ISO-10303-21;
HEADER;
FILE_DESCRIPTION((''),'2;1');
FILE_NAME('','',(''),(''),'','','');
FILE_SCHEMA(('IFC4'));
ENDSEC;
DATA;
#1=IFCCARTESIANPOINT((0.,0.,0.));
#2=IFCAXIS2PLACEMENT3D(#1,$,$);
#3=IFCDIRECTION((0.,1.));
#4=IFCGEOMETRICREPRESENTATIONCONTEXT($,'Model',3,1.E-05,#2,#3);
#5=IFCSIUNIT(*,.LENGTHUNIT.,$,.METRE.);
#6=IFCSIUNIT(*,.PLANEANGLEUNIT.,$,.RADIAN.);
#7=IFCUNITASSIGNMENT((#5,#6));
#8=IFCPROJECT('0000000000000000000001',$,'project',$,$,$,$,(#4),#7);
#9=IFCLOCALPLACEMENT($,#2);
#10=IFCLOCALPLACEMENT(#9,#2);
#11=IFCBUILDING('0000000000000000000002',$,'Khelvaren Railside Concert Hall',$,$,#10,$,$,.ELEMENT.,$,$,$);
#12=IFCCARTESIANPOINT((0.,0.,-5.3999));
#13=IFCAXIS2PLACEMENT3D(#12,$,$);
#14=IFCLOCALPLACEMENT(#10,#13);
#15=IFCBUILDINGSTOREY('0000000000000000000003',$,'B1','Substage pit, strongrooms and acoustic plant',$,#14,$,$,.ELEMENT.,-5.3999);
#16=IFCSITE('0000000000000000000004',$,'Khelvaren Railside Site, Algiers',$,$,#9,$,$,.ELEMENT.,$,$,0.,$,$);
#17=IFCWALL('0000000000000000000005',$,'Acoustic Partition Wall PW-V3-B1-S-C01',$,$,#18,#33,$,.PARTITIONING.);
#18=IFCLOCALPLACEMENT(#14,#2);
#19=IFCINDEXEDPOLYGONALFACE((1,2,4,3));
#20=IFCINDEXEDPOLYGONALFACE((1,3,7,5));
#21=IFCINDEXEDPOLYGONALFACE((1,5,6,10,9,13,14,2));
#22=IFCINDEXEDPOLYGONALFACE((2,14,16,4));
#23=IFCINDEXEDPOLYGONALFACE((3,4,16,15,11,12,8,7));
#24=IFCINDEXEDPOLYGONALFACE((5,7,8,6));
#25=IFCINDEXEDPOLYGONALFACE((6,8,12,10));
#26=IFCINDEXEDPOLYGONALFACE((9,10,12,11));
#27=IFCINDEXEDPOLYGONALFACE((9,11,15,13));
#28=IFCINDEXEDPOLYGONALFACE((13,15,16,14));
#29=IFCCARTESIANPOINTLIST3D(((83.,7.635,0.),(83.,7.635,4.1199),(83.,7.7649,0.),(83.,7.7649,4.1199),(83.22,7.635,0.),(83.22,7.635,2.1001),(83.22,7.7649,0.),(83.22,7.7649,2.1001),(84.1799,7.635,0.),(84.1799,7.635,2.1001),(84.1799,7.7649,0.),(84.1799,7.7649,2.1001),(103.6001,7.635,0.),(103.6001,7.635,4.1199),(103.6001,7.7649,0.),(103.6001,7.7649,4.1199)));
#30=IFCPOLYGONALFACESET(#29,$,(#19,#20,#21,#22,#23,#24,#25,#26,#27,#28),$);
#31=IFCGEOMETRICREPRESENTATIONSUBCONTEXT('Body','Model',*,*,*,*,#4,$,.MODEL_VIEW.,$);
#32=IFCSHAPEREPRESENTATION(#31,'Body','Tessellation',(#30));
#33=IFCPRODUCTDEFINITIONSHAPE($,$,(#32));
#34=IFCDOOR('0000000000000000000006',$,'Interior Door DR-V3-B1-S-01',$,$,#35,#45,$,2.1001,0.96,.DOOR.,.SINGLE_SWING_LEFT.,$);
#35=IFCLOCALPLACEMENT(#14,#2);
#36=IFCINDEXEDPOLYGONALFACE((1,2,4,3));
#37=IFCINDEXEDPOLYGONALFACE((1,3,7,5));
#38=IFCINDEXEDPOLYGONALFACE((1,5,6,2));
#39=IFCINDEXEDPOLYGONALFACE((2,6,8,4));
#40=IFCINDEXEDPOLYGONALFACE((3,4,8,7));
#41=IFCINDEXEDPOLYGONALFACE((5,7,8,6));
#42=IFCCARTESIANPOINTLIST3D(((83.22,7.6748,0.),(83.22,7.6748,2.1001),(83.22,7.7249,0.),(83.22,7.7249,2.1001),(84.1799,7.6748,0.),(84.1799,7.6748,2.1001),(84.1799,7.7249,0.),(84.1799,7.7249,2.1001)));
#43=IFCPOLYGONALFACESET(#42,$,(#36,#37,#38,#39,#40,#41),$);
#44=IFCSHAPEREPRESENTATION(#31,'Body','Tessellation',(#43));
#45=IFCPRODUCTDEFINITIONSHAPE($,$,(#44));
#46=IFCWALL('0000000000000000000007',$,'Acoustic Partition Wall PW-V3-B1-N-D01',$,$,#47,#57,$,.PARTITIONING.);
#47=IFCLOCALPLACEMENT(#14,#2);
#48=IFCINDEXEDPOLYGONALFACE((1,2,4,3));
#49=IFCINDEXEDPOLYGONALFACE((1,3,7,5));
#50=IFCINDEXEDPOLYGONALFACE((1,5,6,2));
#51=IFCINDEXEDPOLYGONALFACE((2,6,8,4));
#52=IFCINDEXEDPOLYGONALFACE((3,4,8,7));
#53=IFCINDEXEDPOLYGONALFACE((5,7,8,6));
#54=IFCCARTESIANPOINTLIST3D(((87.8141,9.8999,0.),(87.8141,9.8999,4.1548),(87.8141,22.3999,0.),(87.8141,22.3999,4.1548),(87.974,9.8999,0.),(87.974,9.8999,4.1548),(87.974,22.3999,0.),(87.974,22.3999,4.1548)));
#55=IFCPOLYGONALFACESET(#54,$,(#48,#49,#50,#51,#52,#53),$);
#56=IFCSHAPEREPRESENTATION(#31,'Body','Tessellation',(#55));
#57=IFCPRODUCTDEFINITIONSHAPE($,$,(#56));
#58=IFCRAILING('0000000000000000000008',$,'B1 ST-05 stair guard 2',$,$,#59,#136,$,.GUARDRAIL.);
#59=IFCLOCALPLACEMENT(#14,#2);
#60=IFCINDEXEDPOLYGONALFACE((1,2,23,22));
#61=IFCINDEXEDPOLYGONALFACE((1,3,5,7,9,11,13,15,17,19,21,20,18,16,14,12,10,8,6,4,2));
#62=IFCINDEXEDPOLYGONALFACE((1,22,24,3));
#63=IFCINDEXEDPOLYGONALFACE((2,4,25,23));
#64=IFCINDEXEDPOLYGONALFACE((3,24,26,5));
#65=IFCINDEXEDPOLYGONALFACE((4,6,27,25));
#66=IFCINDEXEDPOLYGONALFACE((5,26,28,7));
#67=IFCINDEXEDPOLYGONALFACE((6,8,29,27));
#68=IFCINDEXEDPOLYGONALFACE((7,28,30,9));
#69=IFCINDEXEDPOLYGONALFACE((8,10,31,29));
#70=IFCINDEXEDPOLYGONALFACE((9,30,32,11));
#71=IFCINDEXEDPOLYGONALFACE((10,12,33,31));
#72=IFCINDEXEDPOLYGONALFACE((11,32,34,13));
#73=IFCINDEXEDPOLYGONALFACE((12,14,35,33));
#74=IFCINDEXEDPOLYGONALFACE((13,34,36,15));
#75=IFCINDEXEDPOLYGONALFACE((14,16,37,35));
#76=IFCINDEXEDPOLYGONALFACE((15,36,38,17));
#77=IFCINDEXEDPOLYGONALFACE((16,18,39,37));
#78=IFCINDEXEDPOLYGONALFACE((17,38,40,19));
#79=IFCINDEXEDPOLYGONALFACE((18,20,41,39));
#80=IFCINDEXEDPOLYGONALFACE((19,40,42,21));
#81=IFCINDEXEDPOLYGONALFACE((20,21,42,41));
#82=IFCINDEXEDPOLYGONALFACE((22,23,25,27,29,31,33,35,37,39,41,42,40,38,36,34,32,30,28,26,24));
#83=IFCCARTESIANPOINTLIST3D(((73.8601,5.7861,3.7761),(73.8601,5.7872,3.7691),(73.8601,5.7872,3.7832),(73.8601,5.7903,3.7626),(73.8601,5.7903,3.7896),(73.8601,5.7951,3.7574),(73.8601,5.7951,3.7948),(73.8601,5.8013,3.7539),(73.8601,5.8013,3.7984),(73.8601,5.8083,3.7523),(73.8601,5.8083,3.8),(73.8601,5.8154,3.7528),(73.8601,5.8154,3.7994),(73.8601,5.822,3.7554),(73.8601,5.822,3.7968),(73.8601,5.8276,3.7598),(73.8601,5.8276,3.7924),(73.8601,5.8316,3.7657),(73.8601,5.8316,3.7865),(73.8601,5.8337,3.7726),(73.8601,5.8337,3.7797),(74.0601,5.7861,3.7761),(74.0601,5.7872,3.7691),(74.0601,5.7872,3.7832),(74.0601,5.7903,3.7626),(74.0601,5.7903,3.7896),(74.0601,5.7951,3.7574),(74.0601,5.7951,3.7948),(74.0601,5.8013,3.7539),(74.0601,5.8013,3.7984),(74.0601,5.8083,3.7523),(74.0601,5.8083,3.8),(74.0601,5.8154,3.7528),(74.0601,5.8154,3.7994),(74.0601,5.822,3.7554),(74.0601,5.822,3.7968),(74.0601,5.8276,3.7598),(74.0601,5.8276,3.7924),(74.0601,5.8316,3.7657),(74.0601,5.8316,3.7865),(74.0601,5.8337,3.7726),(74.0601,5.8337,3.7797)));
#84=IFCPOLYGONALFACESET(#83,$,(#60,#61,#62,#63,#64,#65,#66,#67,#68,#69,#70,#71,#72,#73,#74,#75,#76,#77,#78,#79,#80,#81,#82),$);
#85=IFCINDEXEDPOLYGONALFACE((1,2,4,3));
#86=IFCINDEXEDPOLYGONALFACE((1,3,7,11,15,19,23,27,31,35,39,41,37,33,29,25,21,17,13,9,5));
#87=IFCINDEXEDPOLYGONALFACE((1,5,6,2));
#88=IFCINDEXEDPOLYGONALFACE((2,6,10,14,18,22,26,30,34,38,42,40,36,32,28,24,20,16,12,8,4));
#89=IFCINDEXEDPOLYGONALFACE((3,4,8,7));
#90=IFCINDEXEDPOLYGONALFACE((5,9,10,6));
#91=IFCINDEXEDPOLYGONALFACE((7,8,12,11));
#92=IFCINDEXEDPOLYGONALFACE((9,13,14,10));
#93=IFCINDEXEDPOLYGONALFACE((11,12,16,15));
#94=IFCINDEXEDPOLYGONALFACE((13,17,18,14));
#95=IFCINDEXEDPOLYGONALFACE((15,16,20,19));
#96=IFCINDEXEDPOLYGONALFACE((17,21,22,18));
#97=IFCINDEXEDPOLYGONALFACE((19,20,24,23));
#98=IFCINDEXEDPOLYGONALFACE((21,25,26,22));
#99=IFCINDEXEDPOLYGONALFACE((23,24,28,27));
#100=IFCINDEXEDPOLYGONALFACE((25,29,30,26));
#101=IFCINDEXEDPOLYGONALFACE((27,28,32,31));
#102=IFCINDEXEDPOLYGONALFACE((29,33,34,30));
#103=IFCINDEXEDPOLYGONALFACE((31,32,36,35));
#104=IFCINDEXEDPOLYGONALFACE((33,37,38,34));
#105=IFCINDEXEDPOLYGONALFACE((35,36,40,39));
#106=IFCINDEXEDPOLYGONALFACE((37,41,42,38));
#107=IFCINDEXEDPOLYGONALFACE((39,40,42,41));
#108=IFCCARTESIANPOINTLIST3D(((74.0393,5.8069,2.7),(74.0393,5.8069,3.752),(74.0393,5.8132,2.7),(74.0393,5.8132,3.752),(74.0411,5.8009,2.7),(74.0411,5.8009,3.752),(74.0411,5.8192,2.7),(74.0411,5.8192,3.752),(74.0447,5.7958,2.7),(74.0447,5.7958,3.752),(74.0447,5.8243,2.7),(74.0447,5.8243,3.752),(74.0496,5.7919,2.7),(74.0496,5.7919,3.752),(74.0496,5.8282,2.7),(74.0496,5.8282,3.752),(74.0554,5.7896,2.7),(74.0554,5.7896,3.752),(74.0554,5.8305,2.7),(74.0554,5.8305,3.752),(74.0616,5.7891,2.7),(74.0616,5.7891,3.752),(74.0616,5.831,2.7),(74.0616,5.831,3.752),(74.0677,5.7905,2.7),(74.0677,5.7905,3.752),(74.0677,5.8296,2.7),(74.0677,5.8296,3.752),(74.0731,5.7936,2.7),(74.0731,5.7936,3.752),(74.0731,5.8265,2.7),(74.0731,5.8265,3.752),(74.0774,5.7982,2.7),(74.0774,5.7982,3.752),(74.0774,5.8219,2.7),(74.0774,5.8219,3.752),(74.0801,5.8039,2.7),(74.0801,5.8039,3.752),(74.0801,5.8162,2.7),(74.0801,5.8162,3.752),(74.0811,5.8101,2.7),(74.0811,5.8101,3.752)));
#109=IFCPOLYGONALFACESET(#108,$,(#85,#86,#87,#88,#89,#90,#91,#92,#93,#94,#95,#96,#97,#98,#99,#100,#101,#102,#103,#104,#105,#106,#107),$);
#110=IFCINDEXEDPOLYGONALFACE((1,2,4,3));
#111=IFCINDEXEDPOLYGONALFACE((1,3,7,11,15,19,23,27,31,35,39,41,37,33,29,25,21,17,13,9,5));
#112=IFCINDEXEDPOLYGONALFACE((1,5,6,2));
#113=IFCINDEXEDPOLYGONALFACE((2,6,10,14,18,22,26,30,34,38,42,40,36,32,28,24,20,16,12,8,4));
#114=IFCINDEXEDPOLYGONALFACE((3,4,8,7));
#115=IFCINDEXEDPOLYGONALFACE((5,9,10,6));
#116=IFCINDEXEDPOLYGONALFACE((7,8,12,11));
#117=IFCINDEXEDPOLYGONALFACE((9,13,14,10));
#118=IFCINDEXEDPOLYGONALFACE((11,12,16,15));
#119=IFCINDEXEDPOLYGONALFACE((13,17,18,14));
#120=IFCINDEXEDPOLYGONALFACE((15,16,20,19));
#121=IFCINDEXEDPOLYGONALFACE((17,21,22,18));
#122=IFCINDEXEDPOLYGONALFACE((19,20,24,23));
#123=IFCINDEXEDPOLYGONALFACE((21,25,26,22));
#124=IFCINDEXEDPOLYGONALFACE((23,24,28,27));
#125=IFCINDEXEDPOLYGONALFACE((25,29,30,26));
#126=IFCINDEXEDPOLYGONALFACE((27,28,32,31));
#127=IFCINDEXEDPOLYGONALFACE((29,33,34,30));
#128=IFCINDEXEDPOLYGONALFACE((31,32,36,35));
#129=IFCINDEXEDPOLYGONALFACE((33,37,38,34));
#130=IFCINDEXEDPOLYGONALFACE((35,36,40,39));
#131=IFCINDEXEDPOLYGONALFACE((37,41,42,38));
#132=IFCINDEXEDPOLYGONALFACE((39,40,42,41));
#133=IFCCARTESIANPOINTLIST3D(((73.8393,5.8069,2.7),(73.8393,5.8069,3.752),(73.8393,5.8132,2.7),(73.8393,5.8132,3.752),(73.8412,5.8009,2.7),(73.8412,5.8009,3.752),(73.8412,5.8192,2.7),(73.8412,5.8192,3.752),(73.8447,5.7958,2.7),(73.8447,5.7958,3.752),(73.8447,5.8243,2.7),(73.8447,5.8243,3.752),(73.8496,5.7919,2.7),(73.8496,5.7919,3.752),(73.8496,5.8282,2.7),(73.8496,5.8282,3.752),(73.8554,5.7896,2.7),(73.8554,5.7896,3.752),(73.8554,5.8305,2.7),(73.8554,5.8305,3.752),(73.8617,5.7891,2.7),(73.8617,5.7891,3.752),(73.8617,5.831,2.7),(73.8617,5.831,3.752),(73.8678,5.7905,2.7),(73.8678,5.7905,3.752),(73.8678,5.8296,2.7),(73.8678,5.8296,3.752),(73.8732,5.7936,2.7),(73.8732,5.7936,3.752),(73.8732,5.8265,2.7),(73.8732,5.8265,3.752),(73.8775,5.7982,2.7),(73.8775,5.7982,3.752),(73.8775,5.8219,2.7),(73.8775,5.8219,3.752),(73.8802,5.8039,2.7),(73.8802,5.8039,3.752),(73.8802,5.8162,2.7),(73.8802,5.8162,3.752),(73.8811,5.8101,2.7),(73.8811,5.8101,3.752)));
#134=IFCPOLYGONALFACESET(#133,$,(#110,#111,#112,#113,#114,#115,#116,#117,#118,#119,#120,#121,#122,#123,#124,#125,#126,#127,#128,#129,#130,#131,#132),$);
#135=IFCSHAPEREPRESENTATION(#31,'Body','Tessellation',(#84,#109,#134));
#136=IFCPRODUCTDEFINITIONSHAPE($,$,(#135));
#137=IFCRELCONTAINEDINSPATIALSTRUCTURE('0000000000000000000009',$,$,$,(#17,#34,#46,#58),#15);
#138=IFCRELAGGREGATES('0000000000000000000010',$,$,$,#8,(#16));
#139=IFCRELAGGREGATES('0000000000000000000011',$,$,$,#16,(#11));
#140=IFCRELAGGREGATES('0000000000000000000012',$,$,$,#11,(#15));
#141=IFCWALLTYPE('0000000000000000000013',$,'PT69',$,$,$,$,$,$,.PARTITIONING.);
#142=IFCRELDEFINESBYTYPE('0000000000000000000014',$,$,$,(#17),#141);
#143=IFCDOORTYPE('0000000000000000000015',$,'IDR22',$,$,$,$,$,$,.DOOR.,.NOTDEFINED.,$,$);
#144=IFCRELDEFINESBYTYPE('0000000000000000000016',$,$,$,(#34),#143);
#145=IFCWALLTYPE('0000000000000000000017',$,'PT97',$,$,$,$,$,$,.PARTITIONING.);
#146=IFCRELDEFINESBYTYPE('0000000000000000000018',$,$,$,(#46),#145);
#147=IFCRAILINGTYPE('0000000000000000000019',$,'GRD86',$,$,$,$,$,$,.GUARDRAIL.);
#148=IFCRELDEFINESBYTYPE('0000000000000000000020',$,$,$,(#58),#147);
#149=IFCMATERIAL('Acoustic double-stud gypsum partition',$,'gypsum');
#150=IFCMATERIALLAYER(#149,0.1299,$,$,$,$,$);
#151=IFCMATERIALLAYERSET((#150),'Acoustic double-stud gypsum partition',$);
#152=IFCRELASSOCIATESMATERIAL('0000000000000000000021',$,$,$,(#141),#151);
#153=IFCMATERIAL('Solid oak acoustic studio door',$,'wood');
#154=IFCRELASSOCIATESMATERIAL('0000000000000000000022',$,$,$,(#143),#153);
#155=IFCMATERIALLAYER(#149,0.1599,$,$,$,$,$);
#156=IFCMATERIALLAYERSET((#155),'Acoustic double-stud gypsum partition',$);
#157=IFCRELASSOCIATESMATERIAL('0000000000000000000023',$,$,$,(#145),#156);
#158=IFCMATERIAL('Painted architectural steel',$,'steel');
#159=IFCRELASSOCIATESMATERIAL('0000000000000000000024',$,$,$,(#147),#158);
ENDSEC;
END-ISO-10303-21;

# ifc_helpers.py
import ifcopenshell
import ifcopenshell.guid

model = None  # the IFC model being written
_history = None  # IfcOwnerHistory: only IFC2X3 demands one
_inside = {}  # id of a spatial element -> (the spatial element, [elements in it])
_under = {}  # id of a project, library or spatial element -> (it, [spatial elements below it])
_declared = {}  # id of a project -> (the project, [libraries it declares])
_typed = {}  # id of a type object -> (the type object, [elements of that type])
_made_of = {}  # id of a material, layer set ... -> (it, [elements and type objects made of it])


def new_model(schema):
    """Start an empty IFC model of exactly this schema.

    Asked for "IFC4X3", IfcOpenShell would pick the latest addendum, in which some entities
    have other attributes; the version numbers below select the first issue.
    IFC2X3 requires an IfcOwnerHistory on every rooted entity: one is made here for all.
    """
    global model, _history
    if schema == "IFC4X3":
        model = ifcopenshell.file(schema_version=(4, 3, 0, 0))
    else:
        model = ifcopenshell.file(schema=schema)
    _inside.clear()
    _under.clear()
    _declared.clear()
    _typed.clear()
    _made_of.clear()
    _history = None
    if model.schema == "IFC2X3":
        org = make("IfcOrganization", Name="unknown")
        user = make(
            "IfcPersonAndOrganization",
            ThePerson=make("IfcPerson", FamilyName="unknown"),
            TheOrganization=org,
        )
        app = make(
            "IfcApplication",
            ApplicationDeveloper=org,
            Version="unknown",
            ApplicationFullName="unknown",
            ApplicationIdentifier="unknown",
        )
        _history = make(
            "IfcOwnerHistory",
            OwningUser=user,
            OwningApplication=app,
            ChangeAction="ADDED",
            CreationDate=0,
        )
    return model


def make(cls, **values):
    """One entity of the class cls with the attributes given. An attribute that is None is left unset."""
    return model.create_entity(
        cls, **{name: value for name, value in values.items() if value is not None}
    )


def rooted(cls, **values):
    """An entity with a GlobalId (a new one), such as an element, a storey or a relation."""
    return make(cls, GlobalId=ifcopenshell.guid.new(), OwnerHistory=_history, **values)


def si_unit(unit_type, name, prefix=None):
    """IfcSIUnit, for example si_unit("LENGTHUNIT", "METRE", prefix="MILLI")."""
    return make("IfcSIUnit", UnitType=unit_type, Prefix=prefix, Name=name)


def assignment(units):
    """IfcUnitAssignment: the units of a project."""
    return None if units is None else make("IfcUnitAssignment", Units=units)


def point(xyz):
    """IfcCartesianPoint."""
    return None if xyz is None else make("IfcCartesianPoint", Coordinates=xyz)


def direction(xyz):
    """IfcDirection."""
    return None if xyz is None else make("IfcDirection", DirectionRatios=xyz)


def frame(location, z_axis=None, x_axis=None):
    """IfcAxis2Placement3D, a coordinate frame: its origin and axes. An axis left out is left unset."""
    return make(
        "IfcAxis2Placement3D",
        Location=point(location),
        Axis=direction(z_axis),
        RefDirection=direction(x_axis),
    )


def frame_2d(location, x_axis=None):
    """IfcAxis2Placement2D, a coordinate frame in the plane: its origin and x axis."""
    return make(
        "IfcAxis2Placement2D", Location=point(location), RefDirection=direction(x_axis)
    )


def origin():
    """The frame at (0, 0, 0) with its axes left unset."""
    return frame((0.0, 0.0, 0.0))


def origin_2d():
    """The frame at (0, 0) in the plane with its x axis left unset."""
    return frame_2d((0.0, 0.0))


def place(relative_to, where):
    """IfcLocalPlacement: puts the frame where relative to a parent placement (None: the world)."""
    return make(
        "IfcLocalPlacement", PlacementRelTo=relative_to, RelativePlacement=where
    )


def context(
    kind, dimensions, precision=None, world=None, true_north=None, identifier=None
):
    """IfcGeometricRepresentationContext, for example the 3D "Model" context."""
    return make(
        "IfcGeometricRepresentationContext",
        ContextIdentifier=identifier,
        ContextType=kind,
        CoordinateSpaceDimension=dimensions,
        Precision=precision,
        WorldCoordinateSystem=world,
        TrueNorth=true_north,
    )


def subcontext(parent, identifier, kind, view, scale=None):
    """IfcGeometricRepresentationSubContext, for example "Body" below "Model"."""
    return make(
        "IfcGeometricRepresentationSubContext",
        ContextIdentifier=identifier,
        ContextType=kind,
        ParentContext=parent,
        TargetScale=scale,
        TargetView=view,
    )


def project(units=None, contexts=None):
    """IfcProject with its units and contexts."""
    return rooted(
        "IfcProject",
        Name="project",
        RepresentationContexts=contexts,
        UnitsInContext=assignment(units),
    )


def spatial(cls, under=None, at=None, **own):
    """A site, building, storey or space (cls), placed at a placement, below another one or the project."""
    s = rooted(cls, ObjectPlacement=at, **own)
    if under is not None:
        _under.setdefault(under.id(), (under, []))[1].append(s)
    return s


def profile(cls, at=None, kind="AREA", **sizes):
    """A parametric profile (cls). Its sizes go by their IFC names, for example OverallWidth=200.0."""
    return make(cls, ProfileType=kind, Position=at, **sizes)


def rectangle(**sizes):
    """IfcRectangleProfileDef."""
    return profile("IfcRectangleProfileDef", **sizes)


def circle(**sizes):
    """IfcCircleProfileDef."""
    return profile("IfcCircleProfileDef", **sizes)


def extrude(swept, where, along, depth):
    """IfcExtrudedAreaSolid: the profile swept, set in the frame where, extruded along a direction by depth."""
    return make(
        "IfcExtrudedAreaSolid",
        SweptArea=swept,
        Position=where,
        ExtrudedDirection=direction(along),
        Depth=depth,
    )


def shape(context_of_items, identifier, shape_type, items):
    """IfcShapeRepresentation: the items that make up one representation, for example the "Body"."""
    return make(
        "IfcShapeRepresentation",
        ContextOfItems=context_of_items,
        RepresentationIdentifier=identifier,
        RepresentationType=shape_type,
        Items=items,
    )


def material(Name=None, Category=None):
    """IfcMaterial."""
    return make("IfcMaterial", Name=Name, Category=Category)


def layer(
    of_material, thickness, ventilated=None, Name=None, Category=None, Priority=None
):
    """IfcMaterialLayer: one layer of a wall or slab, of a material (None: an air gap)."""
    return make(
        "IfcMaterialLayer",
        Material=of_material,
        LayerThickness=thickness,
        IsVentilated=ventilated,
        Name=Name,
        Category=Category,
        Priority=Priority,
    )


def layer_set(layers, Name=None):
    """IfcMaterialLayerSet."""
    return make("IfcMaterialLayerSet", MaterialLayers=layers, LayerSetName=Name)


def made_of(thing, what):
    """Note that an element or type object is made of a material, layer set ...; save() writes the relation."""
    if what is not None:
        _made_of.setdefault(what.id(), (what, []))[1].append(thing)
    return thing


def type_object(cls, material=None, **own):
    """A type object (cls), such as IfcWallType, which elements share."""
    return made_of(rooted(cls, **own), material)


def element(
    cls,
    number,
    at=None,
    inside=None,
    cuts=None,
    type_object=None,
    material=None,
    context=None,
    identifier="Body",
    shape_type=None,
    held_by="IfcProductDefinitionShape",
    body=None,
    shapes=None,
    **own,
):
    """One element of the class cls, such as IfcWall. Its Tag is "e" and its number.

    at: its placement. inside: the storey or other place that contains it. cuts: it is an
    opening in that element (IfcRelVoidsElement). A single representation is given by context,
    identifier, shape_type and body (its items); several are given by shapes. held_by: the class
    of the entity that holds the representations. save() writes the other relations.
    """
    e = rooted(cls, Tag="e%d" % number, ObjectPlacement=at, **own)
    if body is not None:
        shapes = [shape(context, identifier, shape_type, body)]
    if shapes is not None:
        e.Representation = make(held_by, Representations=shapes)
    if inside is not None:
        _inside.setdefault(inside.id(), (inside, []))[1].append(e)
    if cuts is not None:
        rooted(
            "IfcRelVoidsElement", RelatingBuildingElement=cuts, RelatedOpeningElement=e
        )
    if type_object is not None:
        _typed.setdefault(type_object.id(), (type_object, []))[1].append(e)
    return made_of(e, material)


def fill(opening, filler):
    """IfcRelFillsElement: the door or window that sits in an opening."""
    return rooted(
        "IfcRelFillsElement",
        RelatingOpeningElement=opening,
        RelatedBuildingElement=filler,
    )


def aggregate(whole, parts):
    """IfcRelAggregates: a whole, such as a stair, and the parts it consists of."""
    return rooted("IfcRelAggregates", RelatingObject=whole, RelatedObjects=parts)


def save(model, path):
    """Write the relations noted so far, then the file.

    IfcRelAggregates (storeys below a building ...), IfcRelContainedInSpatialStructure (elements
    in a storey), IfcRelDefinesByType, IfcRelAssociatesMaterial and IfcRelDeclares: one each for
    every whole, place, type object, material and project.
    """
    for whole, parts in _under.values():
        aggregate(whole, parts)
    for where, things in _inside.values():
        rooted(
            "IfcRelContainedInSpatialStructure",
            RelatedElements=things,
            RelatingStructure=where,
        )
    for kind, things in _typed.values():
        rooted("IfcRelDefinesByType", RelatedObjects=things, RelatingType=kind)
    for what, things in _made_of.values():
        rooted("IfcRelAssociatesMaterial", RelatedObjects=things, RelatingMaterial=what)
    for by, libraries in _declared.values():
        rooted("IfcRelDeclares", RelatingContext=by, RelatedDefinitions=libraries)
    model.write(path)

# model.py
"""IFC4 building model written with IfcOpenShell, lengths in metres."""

from ifc_helpers import new_model, si_unit, direction, frame, frame_2d, origin, origin_2d, place, context, subcontext, project, spatial, rectangle, circle, extrude, material, layer, layer_set, type_object, element, fill, save


model = new_model("IFC4")

# Units and contexts
model_context = context("Model", 3, precision=1e-05, world=origin(), true_north=direction((0.0, 1.0)))
body_context = subcontext(model_context, "Body", "Model", "MODEL_VIEW")
ifc_project = project(units=[si_unit("LENGTHUNIT", "METRE"), si_unit("PLANEANGLEUNIT", "RADIAN")], contexts=[model_context])

# Site, building, storey
site_placement = place(None, origin())
site = spatial("IfcSite", under=ifc_project, at=site_placement, Name="Khelvaren Railside Site, Algiers", CompositionType="ELEMENT", RefElevation=0.0)
building_placement = place(site_placement, origin())
building = spatial("IfcBuilding", under=site, at=building_placement, Name="Khelvaren Railside Concert Hall", CompositionType="ELEMENT")
storey_placement = place(building_placement, frame((0.0, 0.0, -5.3999)))
storey = spatial("IfcBuildingStorey", under=building, at=storey_placement, Name="B1", Description="Substage pit, strongrooms and acoustic plant", CompositionType="ELEMENT", Elevation=-5.3999)

# Wall, opening, door
ifc_material_1 = material(Name="Acoustic double-stud gypsum partition", Category="gypsum")
ifc_material_2 = material(Name="Solid oak acoustic studio door", Category="wood")
ifc_layer_1 = layer(ifc_material_1, 0.1299)
ifc_layer_set_1 = layer_set([ifc_layer_1], Name="Acoustic double-stud gypsum partition")
wall_type_1 = type_object("IfcWallType", Name="PT69", PredefinedType="PARTITIONING", material=ifc_layer_set_1)
wall_1_placement = place(storey_placement, frame((83.0, 7.7, 0.0), z_axis=(0.0, 0.0, 1.0), x_axis=(1.0, 0.0, 0.0)))
wall_1 = element("IfcWall", 1, at=wall_1_placement, inside=storey, type_object=wall_type_1, Name="Acoustic Partition Wall PW-V3-B1-S-C01", PredefinedType="PARTITIONING", context=body_context, shape_type="SweptSolid", body=[
    extrude(rectangle(XDim=20.6001, YDim=0.1299, at=frame_2d((10.3, 0.0))), origin(), (0.0, 0.0, 1.0), 4.1199),
])
opening_1_placement = place(wall_1_placement, frame((0.22, 0.0, 0.0)))
opening_1 = element("IfcOpeningElement", 2, at=opening_1_placement, cuts=wall_1, PredefinedType="OPENING", context=body_context, shape_type="SweptSolid", body=[
    extrude(rectangle(XDim=0.96, YDim=2.1001, at=frame_2d((0.48, 1.05))), frame((0.0, 0.075, 0.0), z_axis=(0.0, -1.0, 0.0), x_axis=(1.0, 0.0, 0.0)), (0.0, 0.0, 1.0), 0.1499),
])
door_type_1 = type_object("IfcDoorType", Name="IDR22", OperationType="NOTDEFINED", PredefinedType="DOOR", material=ifc_material_2)
door_1_placement = place(opening_1_placement, origin())
door_1 = element("IfcDoor", 3, at=door_1_placement, inside=storey, type_object=door_type_1, Name="Interior Door DR-V3-B1-S-01", OperationType="SINGLE_SWING_LEFT", OverallHeight=2.1001, OverallWidth=0.96, PredefinedType="DOOR", context=body_context, shape_type="SweptSolid", body=[
    extrude(rectangle(XDim=0.96, YDim=2.1001, at=frame_2d((0.48, 1.05))), frame((0.0, 0.0249, 0.0), z_axis=(0.0, -1.0, 0.0), x_axis=(1.0, 0.0, 0.0)), (0.0, 0.0, 1.0), 0.05),
])
fill(opening_1, door_1)

# Wall
ifc_layer_2 = layer(ifc_material_1, 0.1599)
ifc_layer_set_2 = layer_set([ifc_layer_2], Name="Acoustic double-stud gypsum partition")
wall_type_2 = type_object("IfcWallType", Name="PT97", PredefinedType="PARTITIONING", material=ifc_layer_set_2)
wall_2_placement = place(storey_placement, frame((87.894, 9.8999, 0.0), z_axis=(0.0, 0.0, 1.0), x_axis=(0.0, 1.0, 0.0)))
element("IfcWall", 4, at=wall_2_placement, inside=storey, type_object=wall_type_2, Name="Acoustic Partition Wall PW-V3-B1-N-D01", PredefinedType="PARTITIONING", context=body_context, shape_type="SweptSolid", body=[
    extrude(rectangle(XDim=12.5, YDim=0.1599, at=frame_2d((6.25, 0.0))), origin(), (0.0, 0.0, 1.0), 4.1548),
])

# Railing
ifc_material_3 = material(Name="Painted architectural steel", Category="steel")
railing_type = type_object("IfcRailingType", Name="GRD86", PredefinedType="GUARDRAIL", material=ifc_material_3)
railing_1_placement = place(storey_placement, frame((74.0601, 5.8101, 2.7)))
element("IfcRailing", 5, at=railing_1_placement, inside=storey, type_object=railing_type, Name="B1 ST-05 stair guard 2", PredefinedType="GUARDRAIL", context=body_context, shape_type="SweptSolid", body=[
    extrude(circle(Radius=0.0239, at=origin_2d()), frame((0.0, 0.0, 1.0762), z_axis=(-1.0, 0.0, 0.0), x_axis=(0.0, -1.0, 0.0)), (0.0, 0.0, 1.0), 0.2),
    extrude(circle(Radius=0.021, at=origin_2d()), origin(), (0.0, 0.0, 1.0), 1.052),
    extrude(circle(Radius=0.021, at=origin_2d()), frame((-0.2, 0.0, 0.0)), (0.0, 0.0, 1.0), 1.052),
])

save(model, "model.ifc")
